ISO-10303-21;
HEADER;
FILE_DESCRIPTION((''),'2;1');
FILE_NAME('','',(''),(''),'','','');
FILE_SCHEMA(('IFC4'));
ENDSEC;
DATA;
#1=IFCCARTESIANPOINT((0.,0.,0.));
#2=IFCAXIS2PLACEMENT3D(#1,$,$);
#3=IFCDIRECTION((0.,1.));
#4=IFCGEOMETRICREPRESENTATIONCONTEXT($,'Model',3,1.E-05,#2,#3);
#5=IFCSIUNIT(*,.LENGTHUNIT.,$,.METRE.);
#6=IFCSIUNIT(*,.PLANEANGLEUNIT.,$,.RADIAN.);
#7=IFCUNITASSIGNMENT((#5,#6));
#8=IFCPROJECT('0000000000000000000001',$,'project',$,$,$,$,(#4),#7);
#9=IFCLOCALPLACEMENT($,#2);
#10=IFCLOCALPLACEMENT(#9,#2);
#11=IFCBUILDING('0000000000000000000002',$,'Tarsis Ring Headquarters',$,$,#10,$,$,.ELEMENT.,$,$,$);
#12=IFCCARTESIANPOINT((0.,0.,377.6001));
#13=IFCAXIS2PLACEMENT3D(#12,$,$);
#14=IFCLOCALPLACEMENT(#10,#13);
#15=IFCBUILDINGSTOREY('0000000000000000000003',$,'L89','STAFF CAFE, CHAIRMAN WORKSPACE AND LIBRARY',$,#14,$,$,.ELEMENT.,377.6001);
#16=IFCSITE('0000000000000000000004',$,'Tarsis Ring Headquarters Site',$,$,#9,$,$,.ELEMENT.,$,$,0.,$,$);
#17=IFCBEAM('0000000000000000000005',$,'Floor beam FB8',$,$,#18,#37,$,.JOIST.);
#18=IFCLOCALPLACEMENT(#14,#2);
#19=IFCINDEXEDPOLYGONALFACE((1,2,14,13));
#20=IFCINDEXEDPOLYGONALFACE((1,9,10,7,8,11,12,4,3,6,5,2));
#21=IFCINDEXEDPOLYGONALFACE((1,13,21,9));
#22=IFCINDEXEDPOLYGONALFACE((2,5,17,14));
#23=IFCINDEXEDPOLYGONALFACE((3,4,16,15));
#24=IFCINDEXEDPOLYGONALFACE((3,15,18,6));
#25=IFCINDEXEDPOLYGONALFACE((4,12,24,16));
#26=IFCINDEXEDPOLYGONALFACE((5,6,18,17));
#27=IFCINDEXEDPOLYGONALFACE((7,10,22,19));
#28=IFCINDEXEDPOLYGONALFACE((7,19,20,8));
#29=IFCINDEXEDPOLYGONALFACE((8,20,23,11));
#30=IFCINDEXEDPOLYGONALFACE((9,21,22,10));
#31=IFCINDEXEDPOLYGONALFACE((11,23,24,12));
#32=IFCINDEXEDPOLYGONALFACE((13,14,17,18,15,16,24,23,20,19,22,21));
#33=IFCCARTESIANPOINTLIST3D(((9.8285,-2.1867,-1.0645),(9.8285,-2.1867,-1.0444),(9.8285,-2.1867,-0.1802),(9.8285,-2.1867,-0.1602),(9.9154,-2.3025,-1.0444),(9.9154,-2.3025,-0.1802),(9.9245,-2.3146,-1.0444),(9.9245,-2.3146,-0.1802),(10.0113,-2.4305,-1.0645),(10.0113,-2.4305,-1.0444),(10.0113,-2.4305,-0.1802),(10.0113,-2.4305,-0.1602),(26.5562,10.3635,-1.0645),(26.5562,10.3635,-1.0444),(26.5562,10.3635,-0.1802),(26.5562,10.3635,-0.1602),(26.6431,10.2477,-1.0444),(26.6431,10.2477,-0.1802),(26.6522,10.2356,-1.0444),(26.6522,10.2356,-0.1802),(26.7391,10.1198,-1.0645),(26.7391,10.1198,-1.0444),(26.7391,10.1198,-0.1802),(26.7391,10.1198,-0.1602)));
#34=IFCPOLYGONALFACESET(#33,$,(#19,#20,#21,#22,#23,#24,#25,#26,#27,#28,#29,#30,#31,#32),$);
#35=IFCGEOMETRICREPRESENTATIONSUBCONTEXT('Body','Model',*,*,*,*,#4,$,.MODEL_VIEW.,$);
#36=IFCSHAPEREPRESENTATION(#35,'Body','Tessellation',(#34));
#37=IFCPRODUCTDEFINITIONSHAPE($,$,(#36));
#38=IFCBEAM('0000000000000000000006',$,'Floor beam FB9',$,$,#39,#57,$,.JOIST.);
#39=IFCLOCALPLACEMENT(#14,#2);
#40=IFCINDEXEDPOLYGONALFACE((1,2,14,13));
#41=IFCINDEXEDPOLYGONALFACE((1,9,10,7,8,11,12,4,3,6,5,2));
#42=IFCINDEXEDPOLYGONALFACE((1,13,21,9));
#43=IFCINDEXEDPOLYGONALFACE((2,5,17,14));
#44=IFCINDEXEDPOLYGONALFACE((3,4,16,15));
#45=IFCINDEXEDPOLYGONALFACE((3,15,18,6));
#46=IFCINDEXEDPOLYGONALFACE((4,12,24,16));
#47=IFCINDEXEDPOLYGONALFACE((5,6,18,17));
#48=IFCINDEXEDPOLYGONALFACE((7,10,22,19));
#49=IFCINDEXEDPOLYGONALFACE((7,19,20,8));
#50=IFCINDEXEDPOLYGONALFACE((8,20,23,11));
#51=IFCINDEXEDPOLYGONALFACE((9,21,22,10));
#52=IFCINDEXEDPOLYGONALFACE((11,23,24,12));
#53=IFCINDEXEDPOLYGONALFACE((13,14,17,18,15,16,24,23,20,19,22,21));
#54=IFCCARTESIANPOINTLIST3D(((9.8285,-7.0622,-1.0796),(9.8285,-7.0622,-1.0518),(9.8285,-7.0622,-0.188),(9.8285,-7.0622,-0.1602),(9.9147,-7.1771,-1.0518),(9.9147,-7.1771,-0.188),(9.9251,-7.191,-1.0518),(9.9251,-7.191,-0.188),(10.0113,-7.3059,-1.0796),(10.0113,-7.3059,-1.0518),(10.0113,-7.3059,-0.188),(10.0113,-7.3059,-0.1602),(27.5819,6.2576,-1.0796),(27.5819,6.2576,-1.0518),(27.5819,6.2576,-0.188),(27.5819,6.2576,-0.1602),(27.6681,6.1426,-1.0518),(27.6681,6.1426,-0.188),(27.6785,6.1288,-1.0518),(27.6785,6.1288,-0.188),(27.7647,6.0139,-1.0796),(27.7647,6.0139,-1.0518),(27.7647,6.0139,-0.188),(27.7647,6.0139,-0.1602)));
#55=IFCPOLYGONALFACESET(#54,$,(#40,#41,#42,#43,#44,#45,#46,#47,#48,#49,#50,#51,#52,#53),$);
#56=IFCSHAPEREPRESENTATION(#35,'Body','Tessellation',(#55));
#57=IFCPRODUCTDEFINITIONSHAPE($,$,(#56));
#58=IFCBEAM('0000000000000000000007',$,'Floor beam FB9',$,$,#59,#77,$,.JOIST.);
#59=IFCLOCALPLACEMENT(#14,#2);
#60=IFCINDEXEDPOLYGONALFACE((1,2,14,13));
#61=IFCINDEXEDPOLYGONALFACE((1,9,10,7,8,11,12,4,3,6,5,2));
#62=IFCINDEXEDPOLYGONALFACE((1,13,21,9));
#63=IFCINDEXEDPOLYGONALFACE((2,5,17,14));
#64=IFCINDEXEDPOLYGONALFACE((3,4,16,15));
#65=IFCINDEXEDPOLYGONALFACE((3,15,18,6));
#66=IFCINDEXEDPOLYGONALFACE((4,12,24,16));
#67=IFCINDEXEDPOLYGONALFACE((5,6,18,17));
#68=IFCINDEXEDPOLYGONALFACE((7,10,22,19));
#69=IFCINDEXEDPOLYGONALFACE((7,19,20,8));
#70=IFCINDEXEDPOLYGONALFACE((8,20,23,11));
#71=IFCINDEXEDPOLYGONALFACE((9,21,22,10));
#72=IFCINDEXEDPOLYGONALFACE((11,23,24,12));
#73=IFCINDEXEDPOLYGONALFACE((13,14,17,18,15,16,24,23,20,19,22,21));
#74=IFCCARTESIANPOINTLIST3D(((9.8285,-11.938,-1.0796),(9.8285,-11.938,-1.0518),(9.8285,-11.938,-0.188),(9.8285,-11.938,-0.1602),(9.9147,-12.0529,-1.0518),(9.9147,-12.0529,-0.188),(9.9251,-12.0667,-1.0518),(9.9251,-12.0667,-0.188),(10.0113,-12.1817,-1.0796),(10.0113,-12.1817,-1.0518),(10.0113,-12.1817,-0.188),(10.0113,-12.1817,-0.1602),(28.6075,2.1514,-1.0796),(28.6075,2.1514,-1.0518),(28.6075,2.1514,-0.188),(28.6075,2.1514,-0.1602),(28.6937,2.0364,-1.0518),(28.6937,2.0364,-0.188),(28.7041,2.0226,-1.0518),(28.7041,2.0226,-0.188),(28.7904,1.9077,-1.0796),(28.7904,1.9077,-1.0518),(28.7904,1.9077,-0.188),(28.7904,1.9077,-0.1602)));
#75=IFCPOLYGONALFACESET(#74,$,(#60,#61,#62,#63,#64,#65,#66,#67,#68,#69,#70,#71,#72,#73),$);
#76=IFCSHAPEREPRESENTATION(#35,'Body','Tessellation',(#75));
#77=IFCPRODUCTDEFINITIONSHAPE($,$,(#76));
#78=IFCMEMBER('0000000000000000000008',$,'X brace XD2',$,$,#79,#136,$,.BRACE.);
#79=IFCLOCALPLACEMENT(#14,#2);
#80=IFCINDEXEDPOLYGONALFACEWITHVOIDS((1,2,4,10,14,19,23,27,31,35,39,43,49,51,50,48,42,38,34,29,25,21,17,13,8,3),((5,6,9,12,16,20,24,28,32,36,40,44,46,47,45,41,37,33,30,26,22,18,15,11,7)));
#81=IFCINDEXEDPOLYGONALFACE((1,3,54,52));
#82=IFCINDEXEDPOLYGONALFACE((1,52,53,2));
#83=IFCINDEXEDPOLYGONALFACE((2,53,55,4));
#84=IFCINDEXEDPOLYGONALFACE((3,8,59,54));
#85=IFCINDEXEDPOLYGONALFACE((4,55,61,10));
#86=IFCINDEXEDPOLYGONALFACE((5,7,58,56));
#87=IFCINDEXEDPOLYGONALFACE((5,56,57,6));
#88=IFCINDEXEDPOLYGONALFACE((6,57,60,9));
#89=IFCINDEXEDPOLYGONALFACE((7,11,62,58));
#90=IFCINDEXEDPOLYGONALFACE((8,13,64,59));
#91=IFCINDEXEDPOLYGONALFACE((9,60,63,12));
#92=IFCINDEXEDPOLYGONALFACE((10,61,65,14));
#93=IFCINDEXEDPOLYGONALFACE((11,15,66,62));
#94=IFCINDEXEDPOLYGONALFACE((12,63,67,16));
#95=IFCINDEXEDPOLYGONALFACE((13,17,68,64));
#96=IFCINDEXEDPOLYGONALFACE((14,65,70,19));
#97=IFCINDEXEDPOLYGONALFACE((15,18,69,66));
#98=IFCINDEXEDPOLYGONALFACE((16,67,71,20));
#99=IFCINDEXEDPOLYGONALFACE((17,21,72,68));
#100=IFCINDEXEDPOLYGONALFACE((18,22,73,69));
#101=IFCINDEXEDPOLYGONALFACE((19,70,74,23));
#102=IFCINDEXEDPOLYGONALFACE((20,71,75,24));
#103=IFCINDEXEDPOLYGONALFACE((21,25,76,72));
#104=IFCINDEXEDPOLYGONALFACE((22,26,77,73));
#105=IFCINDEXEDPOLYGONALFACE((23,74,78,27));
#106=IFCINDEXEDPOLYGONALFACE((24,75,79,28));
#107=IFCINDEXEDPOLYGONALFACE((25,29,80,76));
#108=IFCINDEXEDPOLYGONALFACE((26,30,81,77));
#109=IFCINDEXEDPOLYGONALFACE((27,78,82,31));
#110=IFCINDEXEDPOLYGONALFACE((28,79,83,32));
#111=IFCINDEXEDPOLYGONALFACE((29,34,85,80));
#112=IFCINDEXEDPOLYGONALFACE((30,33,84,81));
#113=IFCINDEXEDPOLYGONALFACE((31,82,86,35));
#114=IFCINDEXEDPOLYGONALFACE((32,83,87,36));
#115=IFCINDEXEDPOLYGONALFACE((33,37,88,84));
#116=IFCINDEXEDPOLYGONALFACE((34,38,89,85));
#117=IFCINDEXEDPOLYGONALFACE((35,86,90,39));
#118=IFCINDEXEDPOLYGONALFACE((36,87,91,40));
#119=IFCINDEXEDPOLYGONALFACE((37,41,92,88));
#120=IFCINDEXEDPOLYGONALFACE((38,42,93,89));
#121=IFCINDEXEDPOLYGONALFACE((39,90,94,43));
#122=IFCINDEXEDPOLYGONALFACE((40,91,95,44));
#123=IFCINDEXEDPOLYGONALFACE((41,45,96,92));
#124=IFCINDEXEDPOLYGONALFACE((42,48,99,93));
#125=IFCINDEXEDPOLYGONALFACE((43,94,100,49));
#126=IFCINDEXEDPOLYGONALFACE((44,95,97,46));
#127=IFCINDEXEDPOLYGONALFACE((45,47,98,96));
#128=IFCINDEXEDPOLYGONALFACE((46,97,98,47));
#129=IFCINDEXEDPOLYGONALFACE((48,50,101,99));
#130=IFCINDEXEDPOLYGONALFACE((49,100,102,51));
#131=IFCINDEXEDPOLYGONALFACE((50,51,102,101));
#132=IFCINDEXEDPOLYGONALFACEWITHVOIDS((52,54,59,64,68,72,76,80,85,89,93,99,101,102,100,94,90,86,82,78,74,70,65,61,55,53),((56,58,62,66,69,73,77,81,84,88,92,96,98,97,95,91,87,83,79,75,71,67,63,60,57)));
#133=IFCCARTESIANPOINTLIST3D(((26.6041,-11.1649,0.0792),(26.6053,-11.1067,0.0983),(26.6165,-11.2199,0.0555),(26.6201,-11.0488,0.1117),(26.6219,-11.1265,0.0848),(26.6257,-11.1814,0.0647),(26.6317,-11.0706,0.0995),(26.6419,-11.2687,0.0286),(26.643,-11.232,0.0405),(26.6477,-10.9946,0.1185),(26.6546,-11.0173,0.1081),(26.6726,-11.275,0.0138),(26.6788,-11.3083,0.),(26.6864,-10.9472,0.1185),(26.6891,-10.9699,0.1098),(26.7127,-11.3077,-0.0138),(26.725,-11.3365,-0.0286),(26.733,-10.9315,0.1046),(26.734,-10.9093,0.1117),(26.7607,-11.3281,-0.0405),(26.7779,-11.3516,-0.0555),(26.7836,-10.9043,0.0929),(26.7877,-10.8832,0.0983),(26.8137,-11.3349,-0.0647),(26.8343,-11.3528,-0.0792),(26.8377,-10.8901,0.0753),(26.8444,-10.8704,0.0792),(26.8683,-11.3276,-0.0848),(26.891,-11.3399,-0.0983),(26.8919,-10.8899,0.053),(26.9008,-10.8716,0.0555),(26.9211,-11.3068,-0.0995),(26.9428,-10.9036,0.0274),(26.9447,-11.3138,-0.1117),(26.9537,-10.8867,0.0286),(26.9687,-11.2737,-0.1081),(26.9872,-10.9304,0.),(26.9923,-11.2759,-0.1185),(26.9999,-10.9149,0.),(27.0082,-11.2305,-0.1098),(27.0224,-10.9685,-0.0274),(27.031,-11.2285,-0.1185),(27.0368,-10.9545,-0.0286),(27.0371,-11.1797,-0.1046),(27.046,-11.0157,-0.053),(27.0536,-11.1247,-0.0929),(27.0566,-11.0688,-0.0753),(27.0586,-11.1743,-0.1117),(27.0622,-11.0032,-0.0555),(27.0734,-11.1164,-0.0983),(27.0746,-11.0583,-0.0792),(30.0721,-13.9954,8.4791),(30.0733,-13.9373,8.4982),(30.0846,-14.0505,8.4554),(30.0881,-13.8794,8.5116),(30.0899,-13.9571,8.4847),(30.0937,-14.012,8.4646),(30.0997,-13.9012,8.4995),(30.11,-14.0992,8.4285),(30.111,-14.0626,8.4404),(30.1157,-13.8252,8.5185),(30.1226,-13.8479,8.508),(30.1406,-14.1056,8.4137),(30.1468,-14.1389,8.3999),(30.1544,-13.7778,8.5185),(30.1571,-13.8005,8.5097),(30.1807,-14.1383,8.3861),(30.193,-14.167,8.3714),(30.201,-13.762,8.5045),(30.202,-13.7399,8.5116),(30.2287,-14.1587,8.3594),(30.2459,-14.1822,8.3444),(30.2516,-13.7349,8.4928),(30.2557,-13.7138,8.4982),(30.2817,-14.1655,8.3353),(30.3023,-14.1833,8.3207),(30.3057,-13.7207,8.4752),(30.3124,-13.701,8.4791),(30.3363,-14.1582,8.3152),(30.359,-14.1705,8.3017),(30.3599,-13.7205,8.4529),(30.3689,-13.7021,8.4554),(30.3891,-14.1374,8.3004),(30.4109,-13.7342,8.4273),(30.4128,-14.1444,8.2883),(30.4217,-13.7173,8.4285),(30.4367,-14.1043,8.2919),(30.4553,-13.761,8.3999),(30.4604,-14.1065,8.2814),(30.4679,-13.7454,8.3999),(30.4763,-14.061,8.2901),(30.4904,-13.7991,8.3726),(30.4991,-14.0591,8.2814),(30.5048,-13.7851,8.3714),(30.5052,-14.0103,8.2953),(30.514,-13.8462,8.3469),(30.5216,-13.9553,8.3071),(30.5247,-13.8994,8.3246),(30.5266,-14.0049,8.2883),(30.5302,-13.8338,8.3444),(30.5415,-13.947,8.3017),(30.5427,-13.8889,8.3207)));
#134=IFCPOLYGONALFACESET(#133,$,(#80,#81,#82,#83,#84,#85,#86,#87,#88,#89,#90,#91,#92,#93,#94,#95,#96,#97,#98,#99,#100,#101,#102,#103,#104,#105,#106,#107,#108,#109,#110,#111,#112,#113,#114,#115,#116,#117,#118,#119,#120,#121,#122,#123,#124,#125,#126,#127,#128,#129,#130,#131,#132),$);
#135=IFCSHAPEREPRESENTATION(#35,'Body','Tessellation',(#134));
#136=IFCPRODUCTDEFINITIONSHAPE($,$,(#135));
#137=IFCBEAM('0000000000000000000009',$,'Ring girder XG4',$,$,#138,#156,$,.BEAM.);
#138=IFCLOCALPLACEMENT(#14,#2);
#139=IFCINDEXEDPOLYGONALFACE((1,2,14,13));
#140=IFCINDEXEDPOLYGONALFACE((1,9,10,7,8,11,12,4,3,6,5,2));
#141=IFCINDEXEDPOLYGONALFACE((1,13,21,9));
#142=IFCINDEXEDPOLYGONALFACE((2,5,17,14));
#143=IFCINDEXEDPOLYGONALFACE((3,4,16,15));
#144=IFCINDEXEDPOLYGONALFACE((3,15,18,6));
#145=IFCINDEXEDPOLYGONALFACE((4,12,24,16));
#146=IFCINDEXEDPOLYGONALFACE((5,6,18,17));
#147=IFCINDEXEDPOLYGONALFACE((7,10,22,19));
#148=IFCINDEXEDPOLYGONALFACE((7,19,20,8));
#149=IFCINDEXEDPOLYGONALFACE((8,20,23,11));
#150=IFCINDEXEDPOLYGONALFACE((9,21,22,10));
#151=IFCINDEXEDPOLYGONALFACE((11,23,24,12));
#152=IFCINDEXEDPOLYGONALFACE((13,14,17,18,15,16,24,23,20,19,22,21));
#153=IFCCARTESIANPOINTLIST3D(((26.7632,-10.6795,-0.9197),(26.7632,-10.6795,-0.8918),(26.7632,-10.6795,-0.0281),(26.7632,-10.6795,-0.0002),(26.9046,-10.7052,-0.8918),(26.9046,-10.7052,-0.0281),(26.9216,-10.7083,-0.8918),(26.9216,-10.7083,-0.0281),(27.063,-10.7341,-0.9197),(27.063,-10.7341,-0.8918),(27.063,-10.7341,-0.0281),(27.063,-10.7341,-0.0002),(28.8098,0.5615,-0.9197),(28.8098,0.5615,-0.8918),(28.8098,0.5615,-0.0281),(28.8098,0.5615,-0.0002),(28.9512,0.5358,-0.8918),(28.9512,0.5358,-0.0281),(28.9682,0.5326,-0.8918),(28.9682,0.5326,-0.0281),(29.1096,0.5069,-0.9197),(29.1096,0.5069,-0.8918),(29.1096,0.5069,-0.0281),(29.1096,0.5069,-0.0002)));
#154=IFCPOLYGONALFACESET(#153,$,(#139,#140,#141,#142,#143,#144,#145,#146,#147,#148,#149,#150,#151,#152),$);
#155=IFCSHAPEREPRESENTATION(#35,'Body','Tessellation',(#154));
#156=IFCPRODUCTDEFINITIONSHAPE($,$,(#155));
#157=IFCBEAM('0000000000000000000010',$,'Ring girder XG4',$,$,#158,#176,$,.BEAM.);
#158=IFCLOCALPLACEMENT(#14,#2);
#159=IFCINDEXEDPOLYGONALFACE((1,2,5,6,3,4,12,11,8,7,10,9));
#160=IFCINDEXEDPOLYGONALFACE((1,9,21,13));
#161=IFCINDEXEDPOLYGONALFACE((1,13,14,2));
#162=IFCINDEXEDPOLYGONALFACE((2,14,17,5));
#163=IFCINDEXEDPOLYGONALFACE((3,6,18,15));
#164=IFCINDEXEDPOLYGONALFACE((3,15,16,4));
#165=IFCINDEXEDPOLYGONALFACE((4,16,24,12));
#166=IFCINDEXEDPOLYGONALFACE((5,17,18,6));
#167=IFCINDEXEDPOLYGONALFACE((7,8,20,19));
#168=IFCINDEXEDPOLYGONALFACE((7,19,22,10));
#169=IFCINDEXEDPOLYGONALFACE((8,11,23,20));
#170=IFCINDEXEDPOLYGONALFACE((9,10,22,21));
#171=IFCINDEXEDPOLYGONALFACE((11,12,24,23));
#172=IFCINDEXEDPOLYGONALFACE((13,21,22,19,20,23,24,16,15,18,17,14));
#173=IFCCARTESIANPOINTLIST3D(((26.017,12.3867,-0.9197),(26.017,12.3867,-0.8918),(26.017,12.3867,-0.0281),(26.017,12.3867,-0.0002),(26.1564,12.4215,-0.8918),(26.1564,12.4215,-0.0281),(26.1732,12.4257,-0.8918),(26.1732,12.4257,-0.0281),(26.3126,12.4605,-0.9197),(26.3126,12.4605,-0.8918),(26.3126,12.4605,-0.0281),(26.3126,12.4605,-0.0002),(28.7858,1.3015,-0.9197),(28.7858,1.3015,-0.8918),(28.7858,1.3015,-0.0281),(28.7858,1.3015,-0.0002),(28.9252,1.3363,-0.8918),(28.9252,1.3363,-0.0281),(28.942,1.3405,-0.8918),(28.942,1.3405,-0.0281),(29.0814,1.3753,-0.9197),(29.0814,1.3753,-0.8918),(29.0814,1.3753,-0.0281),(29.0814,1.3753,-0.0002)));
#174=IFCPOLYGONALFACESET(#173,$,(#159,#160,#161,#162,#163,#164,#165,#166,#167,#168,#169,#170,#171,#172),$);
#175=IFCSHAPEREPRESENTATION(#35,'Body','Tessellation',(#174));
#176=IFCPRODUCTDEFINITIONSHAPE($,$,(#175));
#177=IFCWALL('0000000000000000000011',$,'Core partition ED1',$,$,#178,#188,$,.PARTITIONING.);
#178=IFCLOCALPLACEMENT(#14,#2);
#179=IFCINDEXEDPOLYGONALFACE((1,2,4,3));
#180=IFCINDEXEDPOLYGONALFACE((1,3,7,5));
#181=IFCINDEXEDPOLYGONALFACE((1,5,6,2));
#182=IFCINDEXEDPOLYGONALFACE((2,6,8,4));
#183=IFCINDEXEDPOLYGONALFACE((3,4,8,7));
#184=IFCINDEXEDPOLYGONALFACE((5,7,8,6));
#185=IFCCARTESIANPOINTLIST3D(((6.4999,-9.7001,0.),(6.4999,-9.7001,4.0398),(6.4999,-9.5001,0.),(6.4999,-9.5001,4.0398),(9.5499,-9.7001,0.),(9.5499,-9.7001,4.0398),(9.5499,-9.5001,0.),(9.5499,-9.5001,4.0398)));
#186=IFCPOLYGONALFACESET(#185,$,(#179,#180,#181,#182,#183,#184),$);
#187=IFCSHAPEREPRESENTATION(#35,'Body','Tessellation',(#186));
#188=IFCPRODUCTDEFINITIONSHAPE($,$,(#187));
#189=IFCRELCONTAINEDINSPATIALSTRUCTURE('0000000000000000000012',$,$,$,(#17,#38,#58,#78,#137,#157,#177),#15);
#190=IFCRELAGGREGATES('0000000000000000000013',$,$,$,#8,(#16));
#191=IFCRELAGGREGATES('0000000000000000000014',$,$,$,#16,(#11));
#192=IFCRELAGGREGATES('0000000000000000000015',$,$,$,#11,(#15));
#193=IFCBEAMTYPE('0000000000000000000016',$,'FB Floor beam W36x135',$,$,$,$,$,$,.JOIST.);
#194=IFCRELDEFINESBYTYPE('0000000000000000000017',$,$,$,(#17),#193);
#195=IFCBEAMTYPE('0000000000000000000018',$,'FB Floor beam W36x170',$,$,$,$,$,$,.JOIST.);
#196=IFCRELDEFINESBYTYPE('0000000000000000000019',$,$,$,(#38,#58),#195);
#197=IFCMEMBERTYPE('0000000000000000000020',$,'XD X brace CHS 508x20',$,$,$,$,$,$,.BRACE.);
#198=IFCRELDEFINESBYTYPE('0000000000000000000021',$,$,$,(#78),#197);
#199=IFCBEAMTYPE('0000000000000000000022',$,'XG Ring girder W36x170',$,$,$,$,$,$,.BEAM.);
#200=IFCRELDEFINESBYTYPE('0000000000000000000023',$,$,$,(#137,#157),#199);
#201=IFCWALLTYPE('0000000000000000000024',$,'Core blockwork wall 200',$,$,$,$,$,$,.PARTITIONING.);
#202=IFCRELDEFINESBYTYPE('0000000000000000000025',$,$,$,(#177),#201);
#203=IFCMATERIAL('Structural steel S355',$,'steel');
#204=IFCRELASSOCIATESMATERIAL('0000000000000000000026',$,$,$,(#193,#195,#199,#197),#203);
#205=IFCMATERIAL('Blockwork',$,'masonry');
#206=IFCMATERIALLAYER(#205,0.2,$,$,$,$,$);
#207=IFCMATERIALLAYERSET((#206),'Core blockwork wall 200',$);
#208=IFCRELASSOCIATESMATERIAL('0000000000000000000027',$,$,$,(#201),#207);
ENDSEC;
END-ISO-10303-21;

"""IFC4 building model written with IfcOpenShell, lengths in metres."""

from ifc_helpers import new_model, si_unit, direction, frame, frame_2d, origin, origin_2d, place, context, subcontext, project, spatial, rectangle, hollow_circle, i_section, extrude, material, layer, layer_set, material_profile, profile_set, type_object, element, save


model = new_model("IFC4")

# Units and contexts
model_context = context("Model", 3, precision=1e-05, world=origin(), true_north=direction((0.0, 1.0)))
body_context = subcontext(model_context, "Body", "Model", "MODEL_VIEW")
ifc_project = project(units=[si_unit("LENGTHUNIT", "METRE"), si_unit("PLANEANGLEUNIT", "RADIAN")], contexts=[model_context])

# Site, building, storey
site_placement = place(None, origin())
site = spatial("IfcSite", under=ifc_project, at=site_placement, Name="Tarsis Ring Headquarters Site", CompositionType="ELEMENT", RefElevation=0.0)
building_placement = place(site_placement, origin())
building = spatial("IfcBuilding", under=site, at=building_placement, Name="Tarsis Ring Headquarters", CompositionType="ELEMENT")
storey_placement = place(building_placement, frame((0.0, 0.0, 377.6001)))
storey = spatial("IfcBuildingStorey", under=building, at=storey_placement, Name="L89", Description="STAFF CAFE, CHAIRMAN WORKSPACE AND LIBRARY", CompositionType="ELEMENT", Elevation=377.6001)

# Shared definitions
ifc_material_1 = material(Name="Structural steel S355", Category="steel")

# Beams
ifc_material_profile_1 = material_profile(ifc_material_1, i_section(OverallWidth=0.3047, OverallDepth=0.9043, WebThickness=0.0151, FlangeThickness=0.02, at=origin_2d()), Name="W36x135")
ifc_profile_set_1 = profile_set([ifc_material_profile_1], Name="Structural steel S355")
beam_type_1 = type_object("IfcBeamType", Name="FB Floor beam W36x135", PredefinedType="JOIST", material=ifc_profile_set_1)
beam_1_placement = place(storey_placement, frame((9.9199, -2.3086, -0.6123), z_axis=(0.799898, 0.600136, 0.0), x_axis=(-0.600136, 0.799898, 0.0)))
element("IfcBeam", 1, at=beam_1_placement, inside=storey, type_object=beam_type_1, Name="Floor beam FB8", PredefinedType="JOIST", context=body_context, shape_type="SweptSolid", body=[
    extrude(i_section(OverallWidth=0.3047, OverallDepth=0.9043, WebThickness=0.0151, FlangeThickness=0.02, at=origin_2d()), origin(), (0.0, 0.0, 1.0), 20.9124),
])
ifc_material_profile_2 = material_profile(ifc_material_1, i_section(OverallWidth=0.3047, OverallDepth=0.9194, WebThickness=0.0173, FlangeThickness=0.0278, at=origin_2d()), Name="W36x170")
ifc_profile_set_2 = profile_set([ifc_material_profile_2], Name="Structural steel S355")
beam_type_2 = type_object("IfcBeamType", Name="FB Floor beam W36x170", PredefinedType="JOIST", material=ifc_profile_set_2)
beam_2_placement = place(storey_placement, frame((9.9199, -7.1841, -0.6199), z_axis=(0.799897, 0.600137, 0.0), x_axis=(-0.600137, 0.799897, 0.0)))
element("IfcBeam", 2, at=beam_2_placement, inside=storey, type_object=beam_type_2, Name="Floor beam FB9", PredefinedType="JOIST", context=body_context, shape_type="SweptSolid", body=[
    extrude(i_section(OverallWidth=0.3047, OverallDepth=0.9194, WebThickness=0.0173, FlangeThickness=0.0278, at=origin_2d()), origin(), (0.0, 0.0, 1.0), 22.1946),
])
beam_3_placement = place(storey_placement, frame((9.9199, -12.0598, -0.6199), z_axis=(0.799896, 0.600138, 0.0), x_axis=(-0.600138, 0.799896, 0.0)))
element("IfcBeam", 3, at=beam_3_placement, inside=storey, type_object=beam_type_2, Name="Floor beam FB9", PredefinedType="JOIST", context=body_context, shape_type="SweptSolid", body=[
    extrude(i_section(OverallWidth=0.3047, OverallDepth=0.9194, WebThickness=0.0173, FlangeThickness=0.0278, at=origin_2d()), origin(), (0.0, 0.0, 1.0), 23.4768),
])

# Member
ifc_material_profile_3 = material_profile(ifc_material_1, hollow_circle(Radius=0.2539, WallThickness=0.02, at=origin_2d()), Name="CHS 508x20")
ifc_profile_set_3 = profile_set([ifc_material_profile_3], Name="Structural steel S355")
member_type = type_object("IfcMemberType", Name="XD X brace CHS 508x20", PredefinedType="BRACE", material=ifc_profile_set_3)
member_placement = place(storey_placement, frame((26.8394, -11.1116, 0.0), z_axis=(0.364353, -0.297382, 0.882502), x_axis=(0.632314, 0.774712, 0.0)))
element("IfcMember", 4, at=member_placement, inside=storey, type_object=member_type, Name="X brace XD2", PredefinedType="BRACE", context=body_context, shape_type="SweptSolid", body=[
    extrude(hollow_circle(Radius=0.2539, WallThickness=0.02, at=origin_2d()), origin(), (0.0, 0.0, 1.0), 9.5183),
])

# Beams
beam_type_3 = type_object("IfcBeamType", Name="XG Ring girder W36x170", PredefinedType="BEAM", material=ifc_profile_set_2)
for number, where, z_axis, x_axis, name in (
    (5, (26.9131, -10.7068, -0.46), (0.179124, 0.983826, 0.0), (-0.983826, 0.179124, 0.0), "Ring girder XG4"),
    (6, (28.9336, 1.3384, -0.46), (-0.242329, 0.970194, 0.0), (-0.970194, -0.242329, 0.0), "Ring girder XG4"),
):
    element("IfcBeam", number, at=place(storey_placement, frame(where, z_axis=z_axis, x_axis=x_axis)), inside=storey, type_object=beam_type_3, Name=name, PredefinedType="BEAM", context=body_context, shape_type="SweptSolid", body=[
        extrude(i_section(OverallWidth=0.3047, OverallDepth=0.9194, WebThickness=0.0173, FlangeThickness=0.0278, at=origin_2d()), origin(), (0.0, 0.0, 1.0), 11.4258),
    ])

# Wall
ifc_material_2 = material(Name="Blockwork", Category="masonry")
ifc_layer_1 = layer(ifc_material_2, 0.2)
ifc_layer_set_1 = layer_set([ifc_layer_1], Name="Core blockwork wall 200")
wall_type_1 = type_object("IfcWallType", Name="Core blockwork wall 200", PredefinedType="PARTITIONING", material=ifc_layer_set_1)
for number, where, z_axis, x_axis, name in (
    (7, (6.5, -9.6001, 0.0), (0.0, 0.0, 1.0), (1.0, 0.0, 0.0), "Core partition ED1"),
):
    element("IfcWall", number, at=place(storey_placement, frame(where, z_axis=z_axis, x_axis=x_axis)), inside=storey, type_object=wall_type_1, Name=name, PredefinedType="PARTITIONING", context=body_context, shape_type="SweptSolid", body=[
        extrude(rectangle(XDim=3.05, YDim=0.2, at=frame_2d((1.5249, 0.0))), origin(), (0.0, 0.0, 1.0), 4.0398),
    ])

save(model, "model.ifc")
